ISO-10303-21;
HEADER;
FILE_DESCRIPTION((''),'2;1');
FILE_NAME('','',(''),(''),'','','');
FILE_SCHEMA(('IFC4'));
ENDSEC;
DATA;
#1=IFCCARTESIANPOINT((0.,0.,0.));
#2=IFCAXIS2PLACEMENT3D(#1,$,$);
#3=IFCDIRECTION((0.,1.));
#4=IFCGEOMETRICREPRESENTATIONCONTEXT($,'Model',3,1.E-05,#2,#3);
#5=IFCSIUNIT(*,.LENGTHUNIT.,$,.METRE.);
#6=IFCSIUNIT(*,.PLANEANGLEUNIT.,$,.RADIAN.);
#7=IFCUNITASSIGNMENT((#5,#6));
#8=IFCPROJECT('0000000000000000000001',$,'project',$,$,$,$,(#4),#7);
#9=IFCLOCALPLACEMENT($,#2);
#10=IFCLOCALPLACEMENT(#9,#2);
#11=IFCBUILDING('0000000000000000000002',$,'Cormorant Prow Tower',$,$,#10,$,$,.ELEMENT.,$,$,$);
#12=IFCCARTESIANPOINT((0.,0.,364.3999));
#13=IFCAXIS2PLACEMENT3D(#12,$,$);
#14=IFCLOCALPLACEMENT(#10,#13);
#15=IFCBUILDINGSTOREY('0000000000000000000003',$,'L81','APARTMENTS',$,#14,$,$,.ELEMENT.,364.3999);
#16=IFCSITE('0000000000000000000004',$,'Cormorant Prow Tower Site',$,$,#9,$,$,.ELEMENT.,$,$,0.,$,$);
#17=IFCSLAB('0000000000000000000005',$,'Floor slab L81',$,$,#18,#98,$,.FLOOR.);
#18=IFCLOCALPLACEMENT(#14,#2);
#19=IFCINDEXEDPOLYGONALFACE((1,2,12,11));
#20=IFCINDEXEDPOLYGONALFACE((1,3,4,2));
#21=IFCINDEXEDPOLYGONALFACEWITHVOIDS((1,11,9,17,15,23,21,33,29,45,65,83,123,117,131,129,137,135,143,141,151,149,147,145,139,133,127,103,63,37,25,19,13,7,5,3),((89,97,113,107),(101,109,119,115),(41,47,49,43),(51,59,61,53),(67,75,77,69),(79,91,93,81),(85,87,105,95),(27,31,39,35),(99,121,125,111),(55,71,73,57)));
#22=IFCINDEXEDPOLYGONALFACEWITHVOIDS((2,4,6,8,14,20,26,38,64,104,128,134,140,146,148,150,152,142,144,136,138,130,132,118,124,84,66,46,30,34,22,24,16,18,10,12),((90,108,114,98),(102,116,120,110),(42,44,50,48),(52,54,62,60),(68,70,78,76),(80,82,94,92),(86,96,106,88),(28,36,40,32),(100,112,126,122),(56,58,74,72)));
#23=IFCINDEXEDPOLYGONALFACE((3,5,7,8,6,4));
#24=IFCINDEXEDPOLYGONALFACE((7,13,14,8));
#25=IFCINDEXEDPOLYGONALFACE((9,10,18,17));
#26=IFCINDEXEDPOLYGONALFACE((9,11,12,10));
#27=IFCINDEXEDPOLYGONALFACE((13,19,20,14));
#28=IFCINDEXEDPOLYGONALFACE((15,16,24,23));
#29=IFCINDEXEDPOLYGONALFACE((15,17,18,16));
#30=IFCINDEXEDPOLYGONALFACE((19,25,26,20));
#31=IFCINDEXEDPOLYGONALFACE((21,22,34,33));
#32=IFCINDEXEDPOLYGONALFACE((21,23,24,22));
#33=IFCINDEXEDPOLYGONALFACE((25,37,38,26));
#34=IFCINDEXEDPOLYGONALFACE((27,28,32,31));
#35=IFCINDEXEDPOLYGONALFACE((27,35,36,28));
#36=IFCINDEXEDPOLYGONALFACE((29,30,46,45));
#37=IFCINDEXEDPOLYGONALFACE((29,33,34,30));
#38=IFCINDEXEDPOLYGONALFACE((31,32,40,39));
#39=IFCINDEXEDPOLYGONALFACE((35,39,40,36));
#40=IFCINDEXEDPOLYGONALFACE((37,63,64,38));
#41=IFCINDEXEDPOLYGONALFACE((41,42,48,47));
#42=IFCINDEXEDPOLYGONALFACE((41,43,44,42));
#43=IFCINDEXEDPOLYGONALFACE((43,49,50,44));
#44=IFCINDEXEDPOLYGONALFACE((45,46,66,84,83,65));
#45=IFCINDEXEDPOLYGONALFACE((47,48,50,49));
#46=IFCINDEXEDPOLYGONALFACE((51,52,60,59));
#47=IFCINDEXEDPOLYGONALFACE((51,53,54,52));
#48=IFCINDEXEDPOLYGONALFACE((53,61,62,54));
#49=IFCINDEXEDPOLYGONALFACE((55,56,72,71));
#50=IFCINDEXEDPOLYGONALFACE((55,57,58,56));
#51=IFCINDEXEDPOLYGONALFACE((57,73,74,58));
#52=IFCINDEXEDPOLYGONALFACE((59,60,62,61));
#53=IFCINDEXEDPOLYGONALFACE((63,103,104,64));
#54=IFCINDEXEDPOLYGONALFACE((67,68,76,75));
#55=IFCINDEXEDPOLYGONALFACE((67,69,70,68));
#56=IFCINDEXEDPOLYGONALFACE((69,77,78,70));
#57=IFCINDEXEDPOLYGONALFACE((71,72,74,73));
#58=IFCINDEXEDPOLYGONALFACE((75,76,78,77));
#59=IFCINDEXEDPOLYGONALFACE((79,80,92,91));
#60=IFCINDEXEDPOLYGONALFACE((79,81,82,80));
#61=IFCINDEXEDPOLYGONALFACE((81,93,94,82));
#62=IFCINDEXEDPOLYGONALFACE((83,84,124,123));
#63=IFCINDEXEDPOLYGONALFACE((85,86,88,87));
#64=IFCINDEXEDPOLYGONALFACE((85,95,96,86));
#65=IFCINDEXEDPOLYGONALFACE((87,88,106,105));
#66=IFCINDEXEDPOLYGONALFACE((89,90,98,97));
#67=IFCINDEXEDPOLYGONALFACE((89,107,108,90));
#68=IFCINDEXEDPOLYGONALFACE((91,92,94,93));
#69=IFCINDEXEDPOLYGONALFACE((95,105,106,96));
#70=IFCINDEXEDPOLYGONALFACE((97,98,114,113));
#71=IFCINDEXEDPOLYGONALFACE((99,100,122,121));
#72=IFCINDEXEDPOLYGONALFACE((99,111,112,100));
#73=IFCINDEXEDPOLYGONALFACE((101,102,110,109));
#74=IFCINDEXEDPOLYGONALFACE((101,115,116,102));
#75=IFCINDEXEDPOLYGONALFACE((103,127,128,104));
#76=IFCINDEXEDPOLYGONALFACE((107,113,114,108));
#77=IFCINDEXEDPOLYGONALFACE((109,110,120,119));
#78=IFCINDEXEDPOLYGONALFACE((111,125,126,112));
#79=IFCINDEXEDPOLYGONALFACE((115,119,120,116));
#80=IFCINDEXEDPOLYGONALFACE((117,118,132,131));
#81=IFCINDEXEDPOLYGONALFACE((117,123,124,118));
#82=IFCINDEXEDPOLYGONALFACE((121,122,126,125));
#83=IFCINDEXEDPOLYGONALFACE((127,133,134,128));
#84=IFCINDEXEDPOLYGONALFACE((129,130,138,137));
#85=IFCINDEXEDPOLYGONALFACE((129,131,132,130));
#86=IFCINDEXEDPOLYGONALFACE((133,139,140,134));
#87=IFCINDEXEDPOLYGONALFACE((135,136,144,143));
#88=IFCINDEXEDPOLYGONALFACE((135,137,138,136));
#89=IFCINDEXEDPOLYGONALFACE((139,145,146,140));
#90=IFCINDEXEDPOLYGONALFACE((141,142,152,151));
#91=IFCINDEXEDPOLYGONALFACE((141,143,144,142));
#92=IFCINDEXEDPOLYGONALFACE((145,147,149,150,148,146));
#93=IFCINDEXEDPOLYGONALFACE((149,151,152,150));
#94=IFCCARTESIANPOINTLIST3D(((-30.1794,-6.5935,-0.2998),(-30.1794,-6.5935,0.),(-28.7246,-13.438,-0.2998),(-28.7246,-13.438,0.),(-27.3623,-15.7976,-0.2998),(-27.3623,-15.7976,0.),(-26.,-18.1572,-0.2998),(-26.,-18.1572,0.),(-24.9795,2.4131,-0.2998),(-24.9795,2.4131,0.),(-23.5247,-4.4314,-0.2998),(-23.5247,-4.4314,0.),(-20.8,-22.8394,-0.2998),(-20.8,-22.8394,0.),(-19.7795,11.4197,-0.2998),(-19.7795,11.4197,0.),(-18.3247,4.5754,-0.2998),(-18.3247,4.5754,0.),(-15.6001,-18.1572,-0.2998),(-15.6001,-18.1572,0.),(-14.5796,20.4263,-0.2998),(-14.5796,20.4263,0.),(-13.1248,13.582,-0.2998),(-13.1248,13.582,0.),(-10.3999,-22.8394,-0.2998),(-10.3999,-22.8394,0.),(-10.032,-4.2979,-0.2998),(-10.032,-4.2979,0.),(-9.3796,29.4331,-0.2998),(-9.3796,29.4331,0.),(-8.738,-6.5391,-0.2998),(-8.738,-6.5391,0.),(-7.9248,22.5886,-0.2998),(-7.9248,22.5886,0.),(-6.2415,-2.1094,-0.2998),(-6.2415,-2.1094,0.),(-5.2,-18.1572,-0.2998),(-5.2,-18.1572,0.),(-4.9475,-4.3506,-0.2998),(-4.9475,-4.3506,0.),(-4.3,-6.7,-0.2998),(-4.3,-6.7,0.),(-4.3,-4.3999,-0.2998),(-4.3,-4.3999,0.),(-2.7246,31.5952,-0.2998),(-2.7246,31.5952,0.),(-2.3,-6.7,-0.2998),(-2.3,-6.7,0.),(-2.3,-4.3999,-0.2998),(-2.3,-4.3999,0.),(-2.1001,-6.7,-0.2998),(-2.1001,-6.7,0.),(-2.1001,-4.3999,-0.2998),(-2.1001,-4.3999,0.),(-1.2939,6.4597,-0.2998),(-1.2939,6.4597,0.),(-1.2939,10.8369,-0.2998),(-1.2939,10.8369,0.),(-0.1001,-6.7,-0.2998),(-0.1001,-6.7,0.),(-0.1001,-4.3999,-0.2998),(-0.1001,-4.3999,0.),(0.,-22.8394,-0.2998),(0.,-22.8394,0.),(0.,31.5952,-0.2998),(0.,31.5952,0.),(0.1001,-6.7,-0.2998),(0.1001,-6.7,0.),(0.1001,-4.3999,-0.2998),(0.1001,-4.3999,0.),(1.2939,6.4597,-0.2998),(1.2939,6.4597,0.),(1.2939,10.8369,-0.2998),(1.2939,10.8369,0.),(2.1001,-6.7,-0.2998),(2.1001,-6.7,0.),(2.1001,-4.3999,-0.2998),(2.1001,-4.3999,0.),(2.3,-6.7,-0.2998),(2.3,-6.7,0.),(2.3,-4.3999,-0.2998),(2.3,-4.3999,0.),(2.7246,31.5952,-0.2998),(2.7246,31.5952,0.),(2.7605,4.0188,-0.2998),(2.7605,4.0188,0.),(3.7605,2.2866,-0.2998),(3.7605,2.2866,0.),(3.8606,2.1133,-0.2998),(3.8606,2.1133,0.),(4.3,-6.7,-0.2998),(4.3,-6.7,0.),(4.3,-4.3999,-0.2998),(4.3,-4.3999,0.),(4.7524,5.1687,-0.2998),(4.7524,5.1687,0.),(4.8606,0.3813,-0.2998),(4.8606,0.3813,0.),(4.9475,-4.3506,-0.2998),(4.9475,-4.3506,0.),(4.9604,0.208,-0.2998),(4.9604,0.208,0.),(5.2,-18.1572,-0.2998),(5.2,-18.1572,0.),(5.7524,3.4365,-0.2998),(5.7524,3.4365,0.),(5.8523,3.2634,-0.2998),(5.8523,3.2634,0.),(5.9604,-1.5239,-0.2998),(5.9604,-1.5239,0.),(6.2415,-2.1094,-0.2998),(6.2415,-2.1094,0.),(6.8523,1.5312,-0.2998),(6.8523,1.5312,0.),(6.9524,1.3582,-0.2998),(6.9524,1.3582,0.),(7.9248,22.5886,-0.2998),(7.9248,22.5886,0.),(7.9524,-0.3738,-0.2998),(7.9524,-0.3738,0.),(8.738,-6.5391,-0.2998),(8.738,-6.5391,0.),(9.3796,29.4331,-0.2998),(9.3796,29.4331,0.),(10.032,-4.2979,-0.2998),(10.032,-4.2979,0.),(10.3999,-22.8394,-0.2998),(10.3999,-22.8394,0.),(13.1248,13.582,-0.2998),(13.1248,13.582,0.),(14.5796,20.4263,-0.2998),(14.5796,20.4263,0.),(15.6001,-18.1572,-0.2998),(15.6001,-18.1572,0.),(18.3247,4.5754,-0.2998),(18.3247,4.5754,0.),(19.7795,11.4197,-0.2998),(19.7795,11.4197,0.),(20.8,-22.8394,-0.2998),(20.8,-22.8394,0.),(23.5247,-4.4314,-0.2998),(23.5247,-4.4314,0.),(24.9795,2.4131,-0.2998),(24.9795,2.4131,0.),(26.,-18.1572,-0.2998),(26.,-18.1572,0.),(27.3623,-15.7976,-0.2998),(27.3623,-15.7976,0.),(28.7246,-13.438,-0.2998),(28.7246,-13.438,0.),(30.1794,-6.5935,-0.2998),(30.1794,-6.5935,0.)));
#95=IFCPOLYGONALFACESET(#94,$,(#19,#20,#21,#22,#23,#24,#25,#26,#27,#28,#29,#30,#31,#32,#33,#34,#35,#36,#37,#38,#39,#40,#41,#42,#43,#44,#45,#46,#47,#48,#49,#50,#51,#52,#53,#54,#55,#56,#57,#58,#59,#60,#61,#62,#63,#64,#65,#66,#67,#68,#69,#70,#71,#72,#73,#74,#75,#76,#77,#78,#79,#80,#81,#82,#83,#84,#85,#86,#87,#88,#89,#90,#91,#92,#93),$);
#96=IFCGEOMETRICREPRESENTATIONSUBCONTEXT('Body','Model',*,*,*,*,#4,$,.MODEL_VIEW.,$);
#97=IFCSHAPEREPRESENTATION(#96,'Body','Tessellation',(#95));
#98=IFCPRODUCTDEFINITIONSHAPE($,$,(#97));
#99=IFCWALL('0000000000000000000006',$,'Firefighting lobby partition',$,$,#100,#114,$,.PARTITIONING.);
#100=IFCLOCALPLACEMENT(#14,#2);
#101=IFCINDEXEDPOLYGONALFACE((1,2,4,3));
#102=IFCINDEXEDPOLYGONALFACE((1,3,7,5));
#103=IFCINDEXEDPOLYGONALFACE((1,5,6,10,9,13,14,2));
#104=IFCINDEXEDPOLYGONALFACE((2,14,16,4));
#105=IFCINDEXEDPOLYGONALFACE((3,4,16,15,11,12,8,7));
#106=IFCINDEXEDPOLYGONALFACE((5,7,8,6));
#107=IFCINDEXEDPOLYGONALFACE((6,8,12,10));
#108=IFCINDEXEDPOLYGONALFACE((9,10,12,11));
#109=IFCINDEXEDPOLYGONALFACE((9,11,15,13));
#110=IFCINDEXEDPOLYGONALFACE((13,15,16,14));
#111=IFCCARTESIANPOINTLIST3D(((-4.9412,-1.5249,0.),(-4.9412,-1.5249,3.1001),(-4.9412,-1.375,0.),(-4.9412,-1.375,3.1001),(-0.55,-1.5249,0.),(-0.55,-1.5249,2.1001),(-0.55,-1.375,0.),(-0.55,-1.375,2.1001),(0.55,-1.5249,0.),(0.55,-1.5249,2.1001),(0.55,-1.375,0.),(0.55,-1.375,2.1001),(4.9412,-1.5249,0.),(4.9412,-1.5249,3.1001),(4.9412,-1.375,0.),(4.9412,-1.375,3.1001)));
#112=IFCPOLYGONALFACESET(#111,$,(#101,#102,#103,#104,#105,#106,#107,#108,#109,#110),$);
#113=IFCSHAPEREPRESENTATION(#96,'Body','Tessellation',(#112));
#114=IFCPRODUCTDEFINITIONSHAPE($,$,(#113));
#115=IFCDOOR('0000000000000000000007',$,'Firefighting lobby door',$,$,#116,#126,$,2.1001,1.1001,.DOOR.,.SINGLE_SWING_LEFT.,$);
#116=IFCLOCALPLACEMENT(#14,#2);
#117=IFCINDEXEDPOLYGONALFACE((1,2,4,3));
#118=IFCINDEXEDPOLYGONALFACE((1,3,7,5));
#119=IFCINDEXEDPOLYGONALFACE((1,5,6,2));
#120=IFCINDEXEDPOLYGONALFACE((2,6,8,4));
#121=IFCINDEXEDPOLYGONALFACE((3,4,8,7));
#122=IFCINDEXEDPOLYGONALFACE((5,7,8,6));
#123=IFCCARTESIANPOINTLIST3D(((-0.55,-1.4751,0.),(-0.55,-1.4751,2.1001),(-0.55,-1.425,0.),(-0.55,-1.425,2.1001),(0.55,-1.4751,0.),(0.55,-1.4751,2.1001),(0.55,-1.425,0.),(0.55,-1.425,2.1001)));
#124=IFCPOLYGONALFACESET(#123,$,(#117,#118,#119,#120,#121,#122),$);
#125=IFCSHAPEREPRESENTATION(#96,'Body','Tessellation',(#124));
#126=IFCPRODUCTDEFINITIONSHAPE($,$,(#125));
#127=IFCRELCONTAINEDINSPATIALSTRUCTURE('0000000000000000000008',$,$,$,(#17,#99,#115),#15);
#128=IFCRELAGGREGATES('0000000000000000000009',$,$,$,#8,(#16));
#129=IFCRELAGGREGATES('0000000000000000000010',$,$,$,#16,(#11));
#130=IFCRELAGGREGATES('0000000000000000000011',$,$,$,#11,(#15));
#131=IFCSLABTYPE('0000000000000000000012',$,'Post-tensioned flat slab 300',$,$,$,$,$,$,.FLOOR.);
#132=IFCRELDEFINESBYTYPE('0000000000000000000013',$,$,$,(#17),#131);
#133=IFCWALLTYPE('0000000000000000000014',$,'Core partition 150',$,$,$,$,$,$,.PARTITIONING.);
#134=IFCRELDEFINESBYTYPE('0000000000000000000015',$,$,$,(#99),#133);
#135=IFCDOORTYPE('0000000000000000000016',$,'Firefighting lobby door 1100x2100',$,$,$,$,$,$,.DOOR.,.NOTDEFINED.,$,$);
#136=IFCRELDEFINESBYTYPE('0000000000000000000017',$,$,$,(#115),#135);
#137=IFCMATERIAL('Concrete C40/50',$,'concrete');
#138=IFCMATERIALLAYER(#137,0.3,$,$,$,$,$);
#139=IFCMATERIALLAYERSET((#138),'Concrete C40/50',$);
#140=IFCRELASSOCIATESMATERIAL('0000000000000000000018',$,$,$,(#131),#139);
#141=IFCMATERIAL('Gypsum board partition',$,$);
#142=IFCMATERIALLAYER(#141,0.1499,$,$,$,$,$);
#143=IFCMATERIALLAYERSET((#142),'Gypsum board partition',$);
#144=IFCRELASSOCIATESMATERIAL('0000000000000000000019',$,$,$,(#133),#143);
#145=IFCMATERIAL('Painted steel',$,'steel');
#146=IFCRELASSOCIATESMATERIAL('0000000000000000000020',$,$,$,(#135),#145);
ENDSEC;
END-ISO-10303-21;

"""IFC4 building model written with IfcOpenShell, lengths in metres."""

from ifc_helpers import new_model, si_unit, direction, frame, frame_2d, origin, place, context, subcontext, project, spatial, polyline, rectangle, outline, extrude, material, layer, layer_set, type_object, element, fill, save


model = new_model("IFC4")

# Units and contexts
model_context = context("Model", 3, precision=1e-05, world=origin(), true_north=direction((0.0, 1.0)))
body_context = subcontext(model_context, "Body", "Model", "MODEL_VIEW")
ifc_project = project(units=[si_unit("LENGTHUNIT", "METRE"), si_unit("PLANEANGLEUNIT", "RADIAN")], contexts=[model_context])

# Site, building, storey
site_placement = place(None, origin())
site = spatial("IfcSite", under=ifc_project, at=site_placement, Name="Cormorant Prow Tower Site", CompositionType="ELEMENT", RefElevation=0.0)
building_placement = place(site_placement, origin())
building = spatial("IfcBuilding", under=site, at=building_placement, Name="Cormorant Prow Tower", CompositionType="ELEMENT")
storey_placement = place(building_placement, frame((0.0, 0.0, 364.3999)))
storey = spatial("IfcBuildingStorey", under=building, at=storey_placement, Name="L81", Description="APARTMENTS", CompositionType="ELEMENT", Elevation=364.3999)

# Slab
ifc_material_1 = material(Name="Concrete C40/50", Category="concrete")
ifc_layer_1 = layer(ifc_material_1, 0.3)
ifc_layer_set_1 = layer_set([ifc_layer_1], Name="Concrete C40/50")
slab_type_1 = type_object("IfcSlabType", Name="Post-tensioned flat slab 300", PredefinedType="FLOOR", material=ifc_layer_set_1)
slab_1_placement = place(storey_placement, frame((0.0, 0.0, -0.2998)))
element("IfcSlab", 1, at=slab_1_placement, inside=storey, type_object=slab_type_1, Name="Floor slab L81", PredefinedType="FLOOR", context=body_context, shape_type="SweptSolid", body=[
    extrude(outline(polyline([(-7.9248, 22.5886), (-14.5796, 20.4263), (-13.1248, 13.582), (-19.7795, 11.4197), (-18.3247, 4.5754), (-24.9795, 2.4131), (-23.5247, -4.4314), (-30.1794, -6.5935), (-28.7246, -13.438), (-27.3623, -15.7976), (-26.0, -18.1572), (-20.8, -22.8394), (-15.6001, -18.1572), (-10.3999, -22.8394), (-5.2, -18.1572), (0.0, -22.8394), (5.2, -18.1572), (10.3999, -22.8394), (15.6001, -18.1572), (20.8, -22.8394), (26.0, -18.1572), (27.3623, -15.7976), (28.7246, -13.438), (30.1794, -6.5935), (23.5247, -4.4314), (24.9795, 2.4131), (18.3247, 4.5754), (19.7795, 11.4197), (13.1248, 13.582), (14.5796, 20.4263), (7.9248, 22.5886), (9.3796, 29.4331), (2.7246, 31.5952), (0.0, 31.5952), (-2.7246, 31.5952), (-9.3796, 29.4331), (-7.9248, 22.5886)]), holes=[polyline([(-4.3, -4.3999), (-2.3, -4.3999), (-2.3, -6.7), (-4.3, -6.7), (-4.3, -4.3999)]), polyline([(-0.1001, -4.3999), (-0.1001, -6.7), (-2.1001, -6.7), (-2.1001, -4.3999), (-0.1001, -4.3999)]), polyline([(2.1001, -6.7), (0.1001, -6.7), (0.1001, -4.3999), (2.1001, -4.3999), (2.1001, -6.7)]), polyline([(2.3, -6.7), (2.3, -4.3999), (4.3, -4.3999), (4.3, -6.7), (2.3, -6.7)]), polyline([(5.9604, -1.5239), (4.9604, 0.208), (6.9524, 1.3582), (7.9524, -0.3738), (5.9604, -1.5239)]), polyline([(3.8606, 2.1133), (5.8523, 3.2634), (6.8523, 1.5312), (4.8606, 0.3813), (3.8606, 2.1133)]), polyline([(4.7524, 5.1687), (5.7524, 3.4365), (3.7605, 2.2866), (2.7605, 4.0188), (4.7524, 5.1687)]), polyline([(-4.9475, -4.3506), (-8.738, -6.5391), (-10.032, -4.2979), (-6.2415, -2.1094), (-4.9475, -4.3506)]), polyline([(10.032, -4.2979), (8.738, -6.5391), (4.9475, -4.3506), (6.2415, -2.1094), (10.032, -4.2979)]), polyline([(1.2939, 10.8369), (1.2939, 6.4597), (-1.2939, 6.4597), (-1.2939, 10.8369), (1.2939, 10.8369)])]), origin(), (0.0, 0.0, 1.0), 0.2998),
])

# Wall, opening, door
ifc_material_2 = material(Name="Gypsum board partition")
ifc_layer_2 = layer(ifc_material_2, 0.1499)
ifc_layer_set_2 = layer_set([ifc_layer_2], Name="Gypsum board partition")
wall_type_1 = type_object("IfcWallType", Name="Core partition 150", PredefinedType="PARTITIONING", material=ifc_layer_set_2)
wall_1_placement = place(storey_placement, frame((-4.9412, -1.45, 0.0), z_axis=(0.0, 0.0, 1.0), x_axis=(1.0, 0.0, 0.0)))
wall_1 = element("IfcWall", 2, at=wall_1_placement, inside=storey, type_object=wall_type_1, Name="Firefighting lobby partition", PredefinedType="PARTITIONING", context=body_context, shape_type="SweptSolid", body=[
    extrude(rectangle(XDim=9.8823, YDim=0.1499, at=frame_2d((4.9412, 0.0))), origin(), (0.0, 0.0, 1.0), 3.1001),
])
opening_1_placement = place(wall_1_placement, frame((4.3911, 0.0, 0.0)))
opening_1 = element("IfcOpeningElement", 3, at=opening_1_placement, cuts=wall_1, PredefinedType="OPENING", context=body_context, shape_type="SweptSolid", body=[
    extrude(rectangle(XDim=1.1001, YDim=2.1001, at=frame_2d((0.55, 1.05))), frame((0.0, 0.085, 0.0), z_axis=(0.0, -1.0, 0.0), x_axis=(1.0, 0.0, 0.0)), (0.0, 0.0, 1.0), 0.1699),
])
ifc_material_3 = material(Name="Painted steel", Category="steel")
door_type_1 = type_object("IfcDoorType", Name="Firefighting lobby door 1100x2100", OperationType="NOTDEFINED", PredefinedType="DOOR", material=ifc_material_3)
door_1_placement = place(opening_1_placement, origin())
door_1 = element("IfcDoor", 4, at=door_1_placement, inside=storey, type_object=door_type_1, Name="Firefighting lobby door", OperationType="SINGLE_SWING_LEFT", OverallHeight=2.1001, OverallWidth=1.1001, PredefinedType="DOOR", context=body_context, shape_type="SweptSolid", body=[
    extrude(rectangle(XDim=1.1001, YDim=2.1001, at=frame_2d((0.55, 1.05))), frame((0.0, 0.0249, 0.0), z_axis=(0.0, -1.0, 0.0), x_axis=(1.0, 0.0, 0.0)), (0.0, 0.0, 1.0), 0.05),
])
fill(opening_1, door_1)

save(model, "model.ifc")
